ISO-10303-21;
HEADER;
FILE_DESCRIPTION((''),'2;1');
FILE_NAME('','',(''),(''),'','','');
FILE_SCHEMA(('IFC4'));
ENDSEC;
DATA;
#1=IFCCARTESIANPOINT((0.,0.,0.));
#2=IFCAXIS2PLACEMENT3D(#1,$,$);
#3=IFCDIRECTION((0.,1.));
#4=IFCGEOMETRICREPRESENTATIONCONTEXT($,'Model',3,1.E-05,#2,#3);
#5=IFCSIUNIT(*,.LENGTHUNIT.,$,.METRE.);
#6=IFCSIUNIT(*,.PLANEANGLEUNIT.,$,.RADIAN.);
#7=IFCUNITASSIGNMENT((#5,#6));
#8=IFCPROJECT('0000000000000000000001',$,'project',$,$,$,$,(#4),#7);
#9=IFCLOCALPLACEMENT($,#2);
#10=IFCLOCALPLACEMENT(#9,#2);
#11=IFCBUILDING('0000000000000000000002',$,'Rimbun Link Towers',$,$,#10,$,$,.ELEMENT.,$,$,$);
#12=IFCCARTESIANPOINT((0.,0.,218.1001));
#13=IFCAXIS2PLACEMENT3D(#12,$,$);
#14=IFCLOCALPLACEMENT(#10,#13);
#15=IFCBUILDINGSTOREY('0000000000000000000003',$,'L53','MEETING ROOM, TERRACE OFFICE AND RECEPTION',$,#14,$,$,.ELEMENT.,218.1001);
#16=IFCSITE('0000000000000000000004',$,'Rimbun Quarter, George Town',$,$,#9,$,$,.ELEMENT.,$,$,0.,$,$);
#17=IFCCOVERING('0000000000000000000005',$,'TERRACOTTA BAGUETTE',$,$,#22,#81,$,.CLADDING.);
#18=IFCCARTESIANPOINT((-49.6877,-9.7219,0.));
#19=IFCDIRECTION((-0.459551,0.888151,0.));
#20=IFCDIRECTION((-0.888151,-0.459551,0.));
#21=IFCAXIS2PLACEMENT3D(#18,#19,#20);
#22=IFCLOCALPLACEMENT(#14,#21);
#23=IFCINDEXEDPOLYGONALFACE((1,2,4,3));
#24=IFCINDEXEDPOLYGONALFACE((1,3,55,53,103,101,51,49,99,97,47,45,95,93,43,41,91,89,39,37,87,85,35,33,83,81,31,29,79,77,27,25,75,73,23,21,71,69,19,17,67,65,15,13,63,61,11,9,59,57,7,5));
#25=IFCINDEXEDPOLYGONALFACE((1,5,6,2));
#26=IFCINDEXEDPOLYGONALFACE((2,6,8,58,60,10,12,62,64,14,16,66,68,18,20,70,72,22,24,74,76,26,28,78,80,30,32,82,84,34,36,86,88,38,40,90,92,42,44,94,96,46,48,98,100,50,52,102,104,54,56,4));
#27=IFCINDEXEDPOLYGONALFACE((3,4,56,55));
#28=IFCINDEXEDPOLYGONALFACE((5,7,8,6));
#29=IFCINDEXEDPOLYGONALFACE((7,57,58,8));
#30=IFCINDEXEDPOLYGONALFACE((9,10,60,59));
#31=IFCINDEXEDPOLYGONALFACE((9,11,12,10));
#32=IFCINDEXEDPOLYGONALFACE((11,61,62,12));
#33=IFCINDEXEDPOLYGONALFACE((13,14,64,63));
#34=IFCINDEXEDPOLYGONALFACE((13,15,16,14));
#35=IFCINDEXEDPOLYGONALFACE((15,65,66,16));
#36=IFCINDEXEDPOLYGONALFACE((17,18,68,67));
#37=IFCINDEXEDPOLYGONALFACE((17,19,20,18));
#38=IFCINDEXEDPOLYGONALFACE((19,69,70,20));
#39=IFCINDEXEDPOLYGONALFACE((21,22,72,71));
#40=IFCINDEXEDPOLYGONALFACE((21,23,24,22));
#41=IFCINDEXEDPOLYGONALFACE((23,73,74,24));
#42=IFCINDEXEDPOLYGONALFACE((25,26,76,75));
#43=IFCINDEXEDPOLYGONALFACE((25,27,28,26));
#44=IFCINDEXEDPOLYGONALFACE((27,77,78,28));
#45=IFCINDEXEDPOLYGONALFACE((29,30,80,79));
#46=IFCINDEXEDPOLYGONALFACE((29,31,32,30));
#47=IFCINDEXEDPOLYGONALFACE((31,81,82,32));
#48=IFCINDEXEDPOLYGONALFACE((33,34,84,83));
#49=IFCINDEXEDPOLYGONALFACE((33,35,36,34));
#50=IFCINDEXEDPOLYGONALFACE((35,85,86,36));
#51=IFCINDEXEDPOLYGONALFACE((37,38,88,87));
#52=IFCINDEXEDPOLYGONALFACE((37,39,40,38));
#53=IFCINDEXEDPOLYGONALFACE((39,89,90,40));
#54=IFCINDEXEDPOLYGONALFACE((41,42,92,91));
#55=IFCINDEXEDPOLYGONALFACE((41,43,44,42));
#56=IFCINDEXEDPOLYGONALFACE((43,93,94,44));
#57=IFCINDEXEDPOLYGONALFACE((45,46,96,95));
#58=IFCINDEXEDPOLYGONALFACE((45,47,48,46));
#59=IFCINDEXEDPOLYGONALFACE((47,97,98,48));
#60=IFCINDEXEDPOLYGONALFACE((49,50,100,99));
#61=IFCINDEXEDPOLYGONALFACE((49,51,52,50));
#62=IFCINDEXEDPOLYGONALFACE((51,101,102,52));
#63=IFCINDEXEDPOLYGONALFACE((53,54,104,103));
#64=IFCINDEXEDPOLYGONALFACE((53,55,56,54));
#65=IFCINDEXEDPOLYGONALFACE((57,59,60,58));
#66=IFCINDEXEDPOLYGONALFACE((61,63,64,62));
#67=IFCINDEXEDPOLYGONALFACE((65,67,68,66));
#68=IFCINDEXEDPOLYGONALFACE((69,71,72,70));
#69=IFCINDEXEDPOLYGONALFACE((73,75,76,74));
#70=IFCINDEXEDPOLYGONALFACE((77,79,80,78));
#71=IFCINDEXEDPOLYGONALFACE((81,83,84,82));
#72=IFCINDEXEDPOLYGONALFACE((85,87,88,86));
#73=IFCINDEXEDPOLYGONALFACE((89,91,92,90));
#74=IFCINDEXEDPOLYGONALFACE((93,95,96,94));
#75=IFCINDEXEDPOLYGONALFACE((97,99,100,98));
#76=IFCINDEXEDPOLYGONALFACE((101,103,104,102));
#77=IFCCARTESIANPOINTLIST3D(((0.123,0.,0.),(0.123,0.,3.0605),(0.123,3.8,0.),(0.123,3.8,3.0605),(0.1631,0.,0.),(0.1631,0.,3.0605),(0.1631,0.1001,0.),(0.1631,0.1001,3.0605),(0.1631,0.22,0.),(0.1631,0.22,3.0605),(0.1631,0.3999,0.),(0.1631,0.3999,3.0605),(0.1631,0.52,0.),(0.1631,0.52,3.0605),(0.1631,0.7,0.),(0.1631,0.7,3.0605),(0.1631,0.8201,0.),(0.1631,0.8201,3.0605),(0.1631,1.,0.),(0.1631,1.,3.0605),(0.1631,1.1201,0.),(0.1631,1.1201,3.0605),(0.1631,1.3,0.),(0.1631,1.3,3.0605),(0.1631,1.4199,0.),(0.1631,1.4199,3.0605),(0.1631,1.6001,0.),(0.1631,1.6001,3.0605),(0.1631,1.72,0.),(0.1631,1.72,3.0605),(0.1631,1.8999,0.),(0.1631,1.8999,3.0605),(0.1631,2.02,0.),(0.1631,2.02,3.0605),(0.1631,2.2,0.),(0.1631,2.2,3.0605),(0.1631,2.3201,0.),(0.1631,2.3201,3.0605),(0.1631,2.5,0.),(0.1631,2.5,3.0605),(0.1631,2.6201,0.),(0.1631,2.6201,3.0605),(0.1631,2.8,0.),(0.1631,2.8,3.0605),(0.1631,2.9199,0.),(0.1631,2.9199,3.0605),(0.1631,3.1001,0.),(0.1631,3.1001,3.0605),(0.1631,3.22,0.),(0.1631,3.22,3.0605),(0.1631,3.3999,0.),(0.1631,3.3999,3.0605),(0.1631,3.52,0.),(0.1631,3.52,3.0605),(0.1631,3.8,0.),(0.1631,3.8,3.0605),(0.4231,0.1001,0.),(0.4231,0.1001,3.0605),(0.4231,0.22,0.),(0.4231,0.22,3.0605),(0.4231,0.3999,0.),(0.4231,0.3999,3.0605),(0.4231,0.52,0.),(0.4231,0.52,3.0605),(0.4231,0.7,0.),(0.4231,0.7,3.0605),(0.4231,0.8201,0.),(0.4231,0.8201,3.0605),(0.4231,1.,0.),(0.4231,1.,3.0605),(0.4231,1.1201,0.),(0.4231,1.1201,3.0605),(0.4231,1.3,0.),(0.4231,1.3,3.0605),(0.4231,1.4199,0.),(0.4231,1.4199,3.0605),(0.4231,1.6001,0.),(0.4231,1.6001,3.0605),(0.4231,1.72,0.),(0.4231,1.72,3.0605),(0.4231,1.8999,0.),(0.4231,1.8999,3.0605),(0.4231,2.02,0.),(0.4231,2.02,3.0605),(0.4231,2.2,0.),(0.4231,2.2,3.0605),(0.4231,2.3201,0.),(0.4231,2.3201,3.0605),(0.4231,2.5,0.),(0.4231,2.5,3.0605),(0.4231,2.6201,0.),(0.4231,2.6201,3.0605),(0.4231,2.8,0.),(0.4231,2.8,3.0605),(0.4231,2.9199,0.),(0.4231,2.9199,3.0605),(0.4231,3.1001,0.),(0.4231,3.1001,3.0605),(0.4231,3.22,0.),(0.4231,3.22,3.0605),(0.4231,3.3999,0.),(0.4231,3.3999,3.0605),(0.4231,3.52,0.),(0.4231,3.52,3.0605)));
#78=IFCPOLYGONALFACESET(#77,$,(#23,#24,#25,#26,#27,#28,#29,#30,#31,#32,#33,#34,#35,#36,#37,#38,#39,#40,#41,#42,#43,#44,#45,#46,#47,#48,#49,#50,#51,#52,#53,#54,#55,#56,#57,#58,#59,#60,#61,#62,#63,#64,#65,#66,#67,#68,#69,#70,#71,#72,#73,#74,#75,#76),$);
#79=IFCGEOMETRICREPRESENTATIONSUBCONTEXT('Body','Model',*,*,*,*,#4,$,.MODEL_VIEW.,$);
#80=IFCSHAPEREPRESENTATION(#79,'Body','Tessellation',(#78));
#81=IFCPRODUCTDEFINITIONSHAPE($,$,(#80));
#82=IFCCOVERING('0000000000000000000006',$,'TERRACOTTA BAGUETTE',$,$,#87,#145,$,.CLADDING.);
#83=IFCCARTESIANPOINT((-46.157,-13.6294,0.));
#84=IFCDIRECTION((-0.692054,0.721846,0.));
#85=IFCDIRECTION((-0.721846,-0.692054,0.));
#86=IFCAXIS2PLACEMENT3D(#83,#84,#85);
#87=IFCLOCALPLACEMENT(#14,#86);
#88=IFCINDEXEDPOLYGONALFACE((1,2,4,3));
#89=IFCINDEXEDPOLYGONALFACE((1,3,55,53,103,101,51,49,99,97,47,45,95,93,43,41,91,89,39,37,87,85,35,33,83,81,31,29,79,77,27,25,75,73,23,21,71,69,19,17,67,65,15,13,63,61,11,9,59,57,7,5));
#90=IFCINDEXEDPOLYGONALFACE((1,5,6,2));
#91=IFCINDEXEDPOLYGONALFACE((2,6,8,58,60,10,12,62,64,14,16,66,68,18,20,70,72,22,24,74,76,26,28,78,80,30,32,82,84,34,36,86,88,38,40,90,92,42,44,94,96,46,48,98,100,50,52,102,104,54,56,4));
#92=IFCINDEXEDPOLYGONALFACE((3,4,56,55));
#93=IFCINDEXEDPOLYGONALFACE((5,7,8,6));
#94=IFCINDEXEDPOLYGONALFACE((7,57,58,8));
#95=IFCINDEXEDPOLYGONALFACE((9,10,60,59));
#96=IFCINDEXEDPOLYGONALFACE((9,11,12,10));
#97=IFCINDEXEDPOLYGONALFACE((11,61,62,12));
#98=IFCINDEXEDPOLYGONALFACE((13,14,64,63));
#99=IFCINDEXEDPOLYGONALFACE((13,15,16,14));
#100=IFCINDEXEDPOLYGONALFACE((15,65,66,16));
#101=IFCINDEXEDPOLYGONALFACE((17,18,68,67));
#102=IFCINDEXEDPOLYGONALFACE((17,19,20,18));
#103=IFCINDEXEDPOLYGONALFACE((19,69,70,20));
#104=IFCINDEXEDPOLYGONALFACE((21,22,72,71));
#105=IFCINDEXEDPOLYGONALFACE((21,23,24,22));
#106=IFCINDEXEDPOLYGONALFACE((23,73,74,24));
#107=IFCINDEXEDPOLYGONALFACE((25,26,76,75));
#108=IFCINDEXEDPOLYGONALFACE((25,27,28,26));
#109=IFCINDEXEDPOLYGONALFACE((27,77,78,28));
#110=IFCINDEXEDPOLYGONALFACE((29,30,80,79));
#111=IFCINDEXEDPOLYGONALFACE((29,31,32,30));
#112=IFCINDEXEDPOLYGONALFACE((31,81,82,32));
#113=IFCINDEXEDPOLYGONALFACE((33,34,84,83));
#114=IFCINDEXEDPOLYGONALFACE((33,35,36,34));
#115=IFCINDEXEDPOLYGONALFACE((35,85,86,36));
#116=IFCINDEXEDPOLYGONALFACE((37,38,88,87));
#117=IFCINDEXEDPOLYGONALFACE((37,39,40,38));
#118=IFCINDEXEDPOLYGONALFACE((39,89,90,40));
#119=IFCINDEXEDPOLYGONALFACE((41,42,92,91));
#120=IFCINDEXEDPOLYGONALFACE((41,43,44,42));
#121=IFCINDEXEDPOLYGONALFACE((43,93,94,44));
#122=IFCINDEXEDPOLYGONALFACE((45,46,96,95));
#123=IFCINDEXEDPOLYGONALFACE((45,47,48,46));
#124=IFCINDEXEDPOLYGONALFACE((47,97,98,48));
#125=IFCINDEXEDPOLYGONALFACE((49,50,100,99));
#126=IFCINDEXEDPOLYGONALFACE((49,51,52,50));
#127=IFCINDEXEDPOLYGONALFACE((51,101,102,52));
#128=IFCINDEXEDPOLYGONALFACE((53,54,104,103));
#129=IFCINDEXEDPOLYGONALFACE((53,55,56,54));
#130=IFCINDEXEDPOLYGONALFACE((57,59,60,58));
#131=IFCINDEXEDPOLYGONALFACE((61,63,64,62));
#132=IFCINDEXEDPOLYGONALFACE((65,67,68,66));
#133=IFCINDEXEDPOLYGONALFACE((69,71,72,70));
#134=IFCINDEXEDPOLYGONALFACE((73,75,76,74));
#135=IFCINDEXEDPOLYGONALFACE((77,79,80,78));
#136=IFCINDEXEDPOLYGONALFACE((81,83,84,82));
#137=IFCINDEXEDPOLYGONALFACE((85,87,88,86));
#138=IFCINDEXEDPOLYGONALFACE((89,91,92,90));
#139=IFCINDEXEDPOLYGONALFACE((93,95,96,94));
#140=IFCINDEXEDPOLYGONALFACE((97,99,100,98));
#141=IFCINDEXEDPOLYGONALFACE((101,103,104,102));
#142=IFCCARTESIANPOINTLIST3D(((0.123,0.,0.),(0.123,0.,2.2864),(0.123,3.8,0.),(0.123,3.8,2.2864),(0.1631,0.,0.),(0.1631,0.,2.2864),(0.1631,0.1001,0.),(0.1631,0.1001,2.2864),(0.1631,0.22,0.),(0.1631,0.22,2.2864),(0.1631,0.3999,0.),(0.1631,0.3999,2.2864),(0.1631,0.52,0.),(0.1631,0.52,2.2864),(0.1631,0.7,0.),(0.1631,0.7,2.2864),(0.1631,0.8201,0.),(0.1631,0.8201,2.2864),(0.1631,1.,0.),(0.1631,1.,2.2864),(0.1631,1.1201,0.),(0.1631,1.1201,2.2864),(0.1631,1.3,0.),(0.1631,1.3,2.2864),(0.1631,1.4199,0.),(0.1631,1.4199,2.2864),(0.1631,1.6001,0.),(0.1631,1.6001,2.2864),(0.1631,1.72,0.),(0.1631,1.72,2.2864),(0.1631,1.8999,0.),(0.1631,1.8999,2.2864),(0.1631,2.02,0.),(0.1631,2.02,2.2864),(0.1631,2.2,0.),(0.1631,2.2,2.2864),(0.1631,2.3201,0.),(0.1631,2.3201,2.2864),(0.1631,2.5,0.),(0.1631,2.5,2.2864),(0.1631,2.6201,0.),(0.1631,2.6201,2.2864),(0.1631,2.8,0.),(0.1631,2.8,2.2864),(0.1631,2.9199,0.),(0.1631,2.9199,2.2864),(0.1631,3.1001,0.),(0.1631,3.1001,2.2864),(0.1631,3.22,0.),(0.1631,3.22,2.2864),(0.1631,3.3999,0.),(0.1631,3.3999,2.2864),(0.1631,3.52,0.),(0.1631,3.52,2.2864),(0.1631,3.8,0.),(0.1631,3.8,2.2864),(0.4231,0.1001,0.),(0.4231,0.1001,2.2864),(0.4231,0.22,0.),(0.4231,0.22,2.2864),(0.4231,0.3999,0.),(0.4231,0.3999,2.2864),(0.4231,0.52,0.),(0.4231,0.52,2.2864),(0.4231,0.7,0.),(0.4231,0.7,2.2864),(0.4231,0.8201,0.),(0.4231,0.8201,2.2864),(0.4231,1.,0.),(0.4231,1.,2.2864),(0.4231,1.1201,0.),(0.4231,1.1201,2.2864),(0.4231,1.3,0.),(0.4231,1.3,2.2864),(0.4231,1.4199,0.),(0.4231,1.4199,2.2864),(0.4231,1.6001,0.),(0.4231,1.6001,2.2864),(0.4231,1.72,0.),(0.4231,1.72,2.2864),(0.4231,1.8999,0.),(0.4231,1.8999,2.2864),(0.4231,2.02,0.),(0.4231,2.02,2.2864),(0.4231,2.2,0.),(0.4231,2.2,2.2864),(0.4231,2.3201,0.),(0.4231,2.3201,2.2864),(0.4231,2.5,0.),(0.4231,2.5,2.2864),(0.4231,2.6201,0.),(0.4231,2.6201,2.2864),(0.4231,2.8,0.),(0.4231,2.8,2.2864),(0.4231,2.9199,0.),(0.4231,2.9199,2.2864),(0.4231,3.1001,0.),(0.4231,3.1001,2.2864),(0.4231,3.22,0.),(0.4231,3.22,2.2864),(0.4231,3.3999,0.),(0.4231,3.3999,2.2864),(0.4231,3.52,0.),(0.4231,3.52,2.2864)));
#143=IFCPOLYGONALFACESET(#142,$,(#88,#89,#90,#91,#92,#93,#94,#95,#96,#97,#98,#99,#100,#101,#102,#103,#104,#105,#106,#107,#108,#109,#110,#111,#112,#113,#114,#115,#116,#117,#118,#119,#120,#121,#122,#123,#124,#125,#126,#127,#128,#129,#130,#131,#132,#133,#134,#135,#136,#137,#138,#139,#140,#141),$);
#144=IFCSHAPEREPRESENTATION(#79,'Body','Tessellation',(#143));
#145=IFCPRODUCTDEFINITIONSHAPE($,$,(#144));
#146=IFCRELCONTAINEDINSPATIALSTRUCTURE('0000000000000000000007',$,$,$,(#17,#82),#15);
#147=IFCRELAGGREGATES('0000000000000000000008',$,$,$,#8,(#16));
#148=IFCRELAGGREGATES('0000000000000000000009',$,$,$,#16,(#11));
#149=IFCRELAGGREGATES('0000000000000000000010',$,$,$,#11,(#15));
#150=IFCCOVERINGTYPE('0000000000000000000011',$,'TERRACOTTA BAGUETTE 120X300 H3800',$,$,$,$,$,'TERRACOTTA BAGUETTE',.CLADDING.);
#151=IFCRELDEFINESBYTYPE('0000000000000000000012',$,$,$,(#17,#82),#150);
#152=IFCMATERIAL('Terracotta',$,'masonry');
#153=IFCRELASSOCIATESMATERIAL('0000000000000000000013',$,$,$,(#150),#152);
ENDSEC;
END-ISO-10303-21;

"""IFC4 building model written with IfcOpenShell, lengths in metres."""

from ifc_helpers import new_model, si_unit, direction, frame, origin, place, context, subcontext, project, spatial, polyline, outline, extrude, material, material_profile, profile_set, type_object, element, save


model = new_model("IFC4")

# Units and contexts
model_context = context("Model", 3, precision=1e-05, world=origin(), true_north=direction((0.0, 1.0)))
body_context = subcontext(model_context, "Body", "Model", "MODEL_VIEW")
ifc_project = project(units=[si_unit("LENGTHUNIT", "METRE"), si_unit("PLANEANGLEUNIT", "RADIAN")], contexts=[model_context])

# Site, building, storey
site_placement = place(None, origin())
site = spatial("IfcSite", under=ifc_project, at=site_placement, Name="Rimbun Quarter, George Town", CompositionType="ELEMENT", RefElevation=0.0)
building_placement = place(site_placement, origin())
building = spatial("IfcBuilding", under=site, at=building_placement, Name="Rimbun Link Towers", CompositionType="ELEMENT")
storey_placement = place(building_placement, frame((0.0, 0.0, 218.1001)))
storey = spatial("IfcBuildingStorey", under=building, at=storey_placement, Name="L53", Description="MEETING ROOM, TERRACE OFFICE AND RECEPTION", CompositionType="ELEMENT", Elevation=218.1001)

# Coverings
ifc_material_1 = material(Name="Terracotta", Category="masonry")
ifc_material_profile_1 = material_profile(ifc_material_1, outline(polyline([(0.123, 0.0), (0.1631, 0.0), (0.1631, 0.1001), (0.4231, 0.1001), (0.4231, 0.22), (0.1631, 0.22), (0.1631, 0.3999), (0.4231, 0.3999), (0.4231, 0.52), (0.1631, 0.52), (0.1631, 0.7), (0.4231, 0.7), (0.4231, 0.8201), (0.1631, 0.8201), (0.1631, 1.0), (0.4231, 1.0), (0.4231, 1.1201), (0.1631, 1.1201), (0.1631, 1.3), (0.4231, 1.3), (0.4231, 1.4199), (0.1631, 1.4199), (0.1631, 1.6001), (0.4231, 1.6001), (0.4231, 1.72), (0.1631, 1.72), (0.1631, 1.8999), (0.4231, 1.8999), (0.4231, 2.02), (0.1631, 2.02), (0.1631, 2.2), (0.4231, 2.2), (0.4231, 2.3201), (0.1631, 2.3201), (0.1631, 2.5), (0.4231, 2.5), (0.4231, 2.6201), (0.1631, 2.6201), (0.1631, 2.8), (0.4231, 2.8), (0.4231, 2.9199), (0.1631, 2.9199), (0.1631, 3.1001), (0.4231, 3.1001), (0.4231, 3.22), (0.1631, 3.22), (0.1631, 3.3999), (0.4231, 3.3999), (0.4231, 3.52), (0.1631, 3.52), (0.1631, 3.8), (0.123, 3.8), (0.123, 0.0)])), Name="BAGUETTE 120X300")
ifc_profile_set_1 = profile_set([ifc_material_profile_1], Name="Terracotta")
covering_type = type_object("IfcCoveringType", Name="TERRACOTTA BAGUETTE 120X300 H3800", ElementType="TERRACOTTA BAGUETTE", PredefinedType="CLADDING", material=ifc_profile_set_1)
covering_1_placement = place(storey_placement, frame((-49.6877, -9.7219, 0.0), z_axis=(-0.459551, 0.888151, 0.0), x_axis=(-0.888151, -0.459551, 0.0)))
element("IfcCovering", 1, at=covering_1_placement, inside=storey, type_object=covering_type, Name="TERRACOTTA BAGUETTE", PredefinedType="CLADDING", context=body_context, shape_type="SweptSolid", body=[
    extrude(outline(polyline([(0.123, 0.0), (0.1631, 0.0), (0.1631, 0.1001), (0.4231, 0.1001), (0.4231, 0.22), (0.1631, 0.22), (0.1631, 0.3999), (0.4231, 0.3999), (0.4231, 0.52), (0.1631, 0.52), (0.1631, 0.7), (0.4231, 0.7), (0.4231, 0.8201), (0.1631, 0.8201), (0.1631, 1.0), (0.4231, 1.0), (0.4231, 1.1201), (0.1631, 1.1201), (0.1631, 1.3), (0.4231, 1.3), (0.4231, 1.4199), (0.1631, 1.4199), (0.1631, 1.6001), (0.4231, 1.6001), (0.4231, 1.72), (0.1631, 1.72), (0.1631, 1.8999), (0.4231, 1.8999), (0.4231, 2.02), (0.1631, 2.02), (0.1631, 2.2), (0.4231, 2.2), (0.4231, 2.3201), (0.1631, 2.3201), (0.1631, 2.5), (0.4231, 2.5), (0.4231, 2.6201), (0.1631, 2.6201), (0.1631, 2.8), (0.4231, 2.8), (0.4231, 2.9199), (0.1631, 2.9199), (0.1631, 3.1001), (0.4231, 3.1001), (0.4231, 3.22), (0.1631, 3.22), (0.1631, 3.3999), (0.4231, 3.3999), (0.4231, 3.52), (0.1631, 3.52), (0.1631, 3.8), (0.123, 3.8), (0.123, 0.0)])), origin(), (0.0, 0.0, 1.0), 3.0605),
])
covering_2_placement = place(storey_placement, frame((-46.157, -13.6294, 0.0), z_axis=(-0.692054, 0.721846, 0.0), x_axis=(-0.721846, -0.692054, 0.0)))
element("IfcCovering", 2, at=covering_2_placement, inside=storey, type_object=covering_type, Name="TERRACOTTA BAGUETTE", PredefinedType="CLADDING", context=body_context, shape_type="SweptSolid", body=[
    extrude(outline(polyline([(0.123, 0.0), (0.1631, 0.0), (0.1631, 0.1001), (0.4231, 0.1001), (0.4231, 0.22), (0.1631, 0.22), (0.1631, 0.3999), (0.4231, 0.3999), (0.4231, 0.52), (0.1631, 0.52), (0.1631, 0.7), (0.4231, 0.7), (0.4231, 0.8201), (0.1631, 0.8201), (0.1631, 1.0), (0.4231, 1.0), (0.4231, 1.1201), (0.1631, 1.1201), (0.1631, 1.3), (0.4231, 1.3), (0.4231, 1.4199), (0.1631, 1.4199), (0.1631, 1.6001), (0.4231, 1.6001), (0.4231, 1.72), (0.1631, 1.72), (0.1631, 1.8999), (0.4231, 1.8999), (0.4231, 2.02), (0.1631, 2.02), (0.1631, 2.2), (0.4231, 2.2), (0.4231, 2.3201), (0.1631, 2.3201), (0.1631, 2.5), (0.4231, 2.5), (0.4231, 2.6201), (0.1631, 2.6201), (0.1631, 2.8), (0.4231, 2.8), (0.4231, 2.9199), (0.1631, 2.9199), (0.1631, 3.1001), (0.4231, 3.1001), (0.4231, 3.22), (0.1631, 3.22), (0.1631, 3.3999), (0.4231, 3.3999), (0.4231, 3.52), (0.1631, 3.52), (0.1631, 3.8), (0.123, 3.8), (0.123, 0.0)])), origin(), (0.0, 0.0, 1.0), 2.2864),
])

save(model, "model.ifc")
